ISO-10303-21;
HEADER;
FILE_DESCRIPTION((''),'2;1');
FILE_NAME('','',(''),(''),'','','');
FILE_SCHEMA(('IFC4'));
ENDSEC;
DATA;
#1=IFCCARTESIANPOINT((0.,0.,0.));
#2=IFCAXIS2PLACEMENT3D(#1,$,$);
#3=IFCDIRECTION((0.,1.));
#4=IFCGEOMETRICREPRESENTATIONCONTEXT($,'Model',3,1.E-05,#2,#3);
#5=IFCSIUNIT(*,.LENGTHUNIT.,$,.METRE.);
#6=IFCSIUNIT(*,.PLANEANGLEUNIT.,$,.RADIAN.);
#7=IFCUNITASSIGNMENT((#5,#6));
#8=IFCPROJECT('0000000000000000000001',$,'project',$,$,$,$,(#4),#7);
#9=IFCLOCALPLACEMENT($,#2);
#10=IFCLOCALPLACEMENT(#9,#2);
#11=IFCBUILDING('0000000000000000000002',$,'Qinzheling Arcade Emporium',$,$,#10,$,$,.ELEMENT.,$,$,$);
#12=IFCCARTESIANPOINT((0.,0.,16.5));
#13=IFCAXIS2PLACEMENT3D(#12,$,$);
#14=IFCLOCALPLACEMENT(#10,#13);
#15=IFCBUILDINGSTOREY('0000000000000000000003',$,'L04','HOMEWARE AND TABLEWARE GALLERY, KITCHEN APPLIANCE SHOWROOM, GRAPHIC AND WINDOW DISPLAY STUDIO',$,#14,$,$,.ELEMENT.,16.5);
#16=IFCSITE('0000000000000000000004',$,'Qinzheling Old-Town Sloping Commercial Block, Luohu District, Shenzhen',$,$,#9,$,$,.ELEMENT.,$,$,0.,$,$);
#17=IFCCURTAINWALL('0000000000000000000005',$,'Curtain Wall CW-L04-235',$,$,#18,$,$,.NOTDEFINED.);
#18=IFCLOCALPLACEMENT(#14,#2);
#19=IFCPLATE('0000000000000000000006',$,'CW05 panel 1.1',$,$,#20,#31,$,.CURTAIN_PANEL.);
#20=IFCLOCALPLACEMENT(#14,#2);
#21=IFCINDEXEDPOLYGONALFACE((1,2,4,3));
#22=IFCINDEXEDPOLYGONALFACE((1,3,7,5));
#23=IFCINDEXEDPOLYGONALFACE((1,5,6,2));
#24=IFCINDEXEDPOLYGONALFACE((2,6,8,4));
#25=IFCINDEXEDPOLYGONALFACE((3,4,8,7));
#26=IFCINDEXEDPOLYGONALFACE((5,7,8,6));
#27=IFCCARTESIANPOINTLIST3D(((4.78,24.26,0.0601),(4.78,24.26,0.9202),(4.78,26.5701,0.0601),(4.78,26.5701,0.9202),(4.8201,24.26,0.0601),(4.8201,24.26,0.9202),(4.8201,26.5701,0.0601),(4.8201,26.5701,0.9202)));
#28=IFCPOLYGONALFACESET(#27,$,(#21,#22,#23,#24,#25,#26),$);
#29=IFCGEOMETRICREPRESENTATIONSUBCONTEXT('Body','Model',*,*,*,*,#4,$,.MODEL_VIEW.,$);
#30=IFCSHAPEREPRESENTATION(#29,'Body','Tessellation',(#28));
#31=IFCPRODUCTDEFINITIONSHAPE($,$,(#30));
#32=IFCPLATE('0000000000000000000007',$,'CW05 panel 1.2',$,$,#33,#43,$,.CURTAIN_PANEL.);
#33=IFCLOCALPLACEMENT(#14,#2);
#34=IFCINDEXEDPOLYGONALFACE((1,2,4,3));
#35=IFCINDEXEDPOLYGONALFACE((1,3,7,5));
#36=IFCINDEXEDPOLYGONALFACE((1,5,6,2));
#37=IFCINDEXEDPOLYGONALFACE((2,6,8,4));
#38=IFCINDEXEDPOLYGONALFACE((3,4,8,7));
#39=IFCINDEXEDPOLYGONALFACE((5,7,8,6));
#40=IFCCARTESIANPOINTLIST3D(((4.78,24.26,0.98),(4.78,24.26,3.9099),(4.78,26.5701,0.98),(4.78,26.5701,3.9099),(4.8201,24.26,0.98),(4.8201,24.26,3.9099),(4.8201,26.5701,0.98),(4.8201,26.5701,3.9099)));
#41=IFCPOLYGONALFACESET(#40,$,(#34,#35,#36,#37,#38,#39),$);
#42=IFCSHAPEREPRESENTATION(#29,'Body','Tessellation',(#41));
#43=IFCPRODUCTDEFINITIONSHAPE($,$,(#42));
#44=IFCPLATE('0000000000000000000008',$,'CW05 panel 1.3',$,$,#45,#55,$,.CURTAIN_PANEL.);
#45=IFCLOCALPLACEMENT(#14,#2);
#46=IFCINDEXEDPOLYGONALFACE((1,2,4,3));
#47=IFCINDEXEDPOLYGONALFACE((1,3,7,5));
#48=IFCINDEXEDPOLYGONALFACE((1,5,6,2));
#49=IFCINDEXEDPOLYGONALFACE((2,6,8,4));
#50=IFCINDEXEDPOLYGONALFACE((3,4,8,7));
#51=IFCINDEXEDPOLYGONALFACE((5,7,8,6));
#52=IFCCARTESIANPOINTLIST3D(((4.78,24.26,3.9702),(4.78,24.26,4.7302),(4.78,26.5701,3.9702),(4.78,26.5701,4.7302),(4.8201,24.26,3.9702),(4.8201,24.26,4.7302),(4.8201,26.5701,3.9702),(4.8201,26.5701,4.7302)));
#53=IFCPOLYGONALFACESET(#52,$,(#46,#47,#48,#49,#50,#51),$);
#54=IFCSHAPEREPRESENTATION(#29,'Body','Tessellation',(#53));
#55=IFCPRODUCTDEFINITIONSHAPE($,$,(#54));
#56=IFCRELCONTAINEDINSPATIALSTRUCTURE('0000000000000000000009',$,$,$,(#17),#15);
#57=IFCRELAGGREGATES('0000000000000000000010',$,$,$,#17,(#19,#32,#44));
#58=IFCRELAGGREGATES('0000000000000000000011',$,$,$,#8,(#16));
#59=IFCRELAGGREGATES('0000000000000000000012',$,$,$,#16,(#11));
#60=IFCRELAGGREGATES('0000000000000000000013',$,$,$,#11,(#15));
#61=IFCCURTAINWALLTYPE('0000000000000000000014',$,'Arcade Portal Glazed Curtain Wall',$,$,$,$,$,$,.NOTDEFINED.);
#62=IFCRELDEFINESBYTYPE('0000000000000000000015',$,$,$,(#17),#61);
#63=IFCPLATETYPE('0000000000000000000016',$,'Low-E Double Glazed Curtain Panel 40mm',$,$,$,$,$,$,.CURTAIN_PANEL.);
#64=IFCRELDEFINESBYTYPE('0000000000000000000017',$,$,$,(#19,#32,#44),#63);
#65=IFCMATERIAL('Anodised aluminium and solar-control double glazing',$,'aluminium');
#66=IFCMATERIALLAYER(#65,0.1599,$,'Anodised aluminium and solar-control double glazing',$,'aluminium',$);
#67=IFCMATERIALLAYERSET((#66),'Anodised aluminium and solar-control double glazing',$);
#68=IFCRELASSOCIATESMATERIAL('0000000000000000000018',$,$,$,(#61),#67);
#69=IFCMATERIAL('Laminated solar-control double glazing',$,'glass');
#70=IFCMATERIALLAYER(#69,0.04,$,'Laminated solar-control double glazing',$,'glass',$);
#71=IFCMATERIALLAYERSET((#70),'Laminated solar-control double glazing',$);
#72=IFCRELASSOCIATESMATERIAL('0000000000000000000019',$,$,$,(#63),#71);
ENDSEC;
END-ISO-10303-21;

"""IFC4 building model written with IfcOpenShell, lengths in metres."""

from ifc_helpers import new_model, si_unit, direction, frame, origin, origin_2d, place, context, subcontext, project, spatial, rectangle, extrude, material, layer, layer_set, type_object, element, aggregate, save


model = new_model("IFC4")

# Units and contexts
model_context = context("Model", 3, precision=1e-05, world=origin(), true_north=direction((0.0, 1.0)))
body_context = subcontext(model_context, "Body", "Model", "MODEL_VIEW")
ifc_project = project(units=[si_unit("LENGTHUNIT", "METRE"), si_unit("PLANEANGLEUNIT", "RADIAN")], contexts=[model_context])

# Site, building, storey
site_placement = place(None, origin())
site = spatial("IfcSite", under=ifc_project, at=site_placement, Name="Qinzheling Old-Town Sloping Commercial Block, Luohu District, Shenzhen", CompositionType="ELEMENT", RefElevation=0.0)
building_placement = place(site_placement, origin())
building = spatial("IfcBuilding", under=site, at=building_placement, Name="Qinzheling Arcade Emporium", CompositionType="ELEMENT")
storey_placement = place(building_placement, frame((0.0, 0.0, 16.5)))
storey = spatial("IfcBuildingStorey", under=building, at=storey_placement, Name="L04", Description="HOMEWARE AND TABLEWARE GALLERY, KITCHEN APPLIANCE SHOWROOM, GRAPHIC AND WINDOW DISPLAY STUDIO", CompositionType="ELEMENT", Elevation=16.5)

# Curtain wall
ifc_material_1 = material(Name="Anodised aluminium and solar-control double glazing", Category="aluminium")
ifc_layer_1 = layer(ifc_material_1, 0.1599, Name="Anodised aluminium and solar-control double glazing", Category="aluminium")
ifc_layer_set_1 = layer_set([ifc_layer_1], Name="Anodised aluminium and solar-control double glazing")
curtain_wall_type_1 = type_object("IfcCurtainWallType", Name="Arcade Portal Glazed Curtain Wall", PredefinedType="NOTDEFINED", material=ifc_layer_set_1)
curtain_wall_1_placement = place(storey_placement, origin())
curtain_wall_1 = element("IfcCurtainWall", 1, at=curtain_wall_1_placement, inside=storey, type_object=curtain_wall_type_1, Name="Curtain Wall CW-L04-235", PredefinedType="NOTDEFINED")

# Plates
ifc_material_2 = material(Name="Laminated solar-control double glazing", Category="glass")
ifc_layer_2 = layer(ifc_material_2, 0.04, Name="Laminated solar-control double glazing", Category="glass")
ifc_layer_set_2 = layer_set([ifc_layer_2], Name="Laminated solar-control double glazing")
plate_type_1 = type_object("IfcPlateType", Name="Low-E Double Glazed Curtain Panel 40mm", PredefinedType="CURTAIN_PANEL", material=ifc_layer_set_2)
plate_1_placement = place(storey_placement, frame((4.8, 25.415, 0.0601), z_axis=(0.0, 0.0, 1.0), x_axis=(0.0, 1.0, 0.0)))
plate_1 = element("IfcPlate", 2, at=plate_1_placement, type_object=plate_type_1, Name="CW05 panel 1.1", PredefinedType="CURTAIN_PANEL", context=body_context, shape_type="SweptSolid", body=[
    extrude(rectangle(XDim=2.3101, YDim=0.04, at=origin_2d()), origin(), (0.0, 0.0, 1.0), 0.8601),
])
plate_2_placement = place(storey_placement, frame((4.8, 25.415, 0.98), z_axis=(0.0, 0.0, 1.0), x_axis=(0.0, 1.0, 0.0)))
plate_2 = element("IfcPlate", 3, at=plate_2_placement, type_object=plate_type_1, Name="CW05 panel 1.2", PredefinedType="CURTAIN_PANEL", context=body_context, shape_type="SweptSolid", body=[
    extrude(rectangle(XDim=2.3101, YDim=0.04, at=origin_2d()), origin(), (0.0, 0.0, 1.0), 2.9299),
])
plate_3_placement = place(storey_placement, frame((4.8, 25.415, 3.9702), z_axis=(0.0, 0.0, 1.0), x_axis=(0.0, 1.0, 0.0)))
plate_3 = element("IfcPlate", 4, at=plate_3_placement, type_object=plate_type_1, Name="CW05 panel 1.3", PredefinedType="CURTAIN_PANEL", context=body_context, shape_type="SweptSolid", body=[
    extrude(rectangle(XDim=2.3101, YDim=0.04, at=origin_2d()), origin(), (0.0, 0.0, 1.0), 0.76),
])
aggregate(curtain_wall_1, [plate_1, plate_2, plate_3])

save(model, "model.ifc")
